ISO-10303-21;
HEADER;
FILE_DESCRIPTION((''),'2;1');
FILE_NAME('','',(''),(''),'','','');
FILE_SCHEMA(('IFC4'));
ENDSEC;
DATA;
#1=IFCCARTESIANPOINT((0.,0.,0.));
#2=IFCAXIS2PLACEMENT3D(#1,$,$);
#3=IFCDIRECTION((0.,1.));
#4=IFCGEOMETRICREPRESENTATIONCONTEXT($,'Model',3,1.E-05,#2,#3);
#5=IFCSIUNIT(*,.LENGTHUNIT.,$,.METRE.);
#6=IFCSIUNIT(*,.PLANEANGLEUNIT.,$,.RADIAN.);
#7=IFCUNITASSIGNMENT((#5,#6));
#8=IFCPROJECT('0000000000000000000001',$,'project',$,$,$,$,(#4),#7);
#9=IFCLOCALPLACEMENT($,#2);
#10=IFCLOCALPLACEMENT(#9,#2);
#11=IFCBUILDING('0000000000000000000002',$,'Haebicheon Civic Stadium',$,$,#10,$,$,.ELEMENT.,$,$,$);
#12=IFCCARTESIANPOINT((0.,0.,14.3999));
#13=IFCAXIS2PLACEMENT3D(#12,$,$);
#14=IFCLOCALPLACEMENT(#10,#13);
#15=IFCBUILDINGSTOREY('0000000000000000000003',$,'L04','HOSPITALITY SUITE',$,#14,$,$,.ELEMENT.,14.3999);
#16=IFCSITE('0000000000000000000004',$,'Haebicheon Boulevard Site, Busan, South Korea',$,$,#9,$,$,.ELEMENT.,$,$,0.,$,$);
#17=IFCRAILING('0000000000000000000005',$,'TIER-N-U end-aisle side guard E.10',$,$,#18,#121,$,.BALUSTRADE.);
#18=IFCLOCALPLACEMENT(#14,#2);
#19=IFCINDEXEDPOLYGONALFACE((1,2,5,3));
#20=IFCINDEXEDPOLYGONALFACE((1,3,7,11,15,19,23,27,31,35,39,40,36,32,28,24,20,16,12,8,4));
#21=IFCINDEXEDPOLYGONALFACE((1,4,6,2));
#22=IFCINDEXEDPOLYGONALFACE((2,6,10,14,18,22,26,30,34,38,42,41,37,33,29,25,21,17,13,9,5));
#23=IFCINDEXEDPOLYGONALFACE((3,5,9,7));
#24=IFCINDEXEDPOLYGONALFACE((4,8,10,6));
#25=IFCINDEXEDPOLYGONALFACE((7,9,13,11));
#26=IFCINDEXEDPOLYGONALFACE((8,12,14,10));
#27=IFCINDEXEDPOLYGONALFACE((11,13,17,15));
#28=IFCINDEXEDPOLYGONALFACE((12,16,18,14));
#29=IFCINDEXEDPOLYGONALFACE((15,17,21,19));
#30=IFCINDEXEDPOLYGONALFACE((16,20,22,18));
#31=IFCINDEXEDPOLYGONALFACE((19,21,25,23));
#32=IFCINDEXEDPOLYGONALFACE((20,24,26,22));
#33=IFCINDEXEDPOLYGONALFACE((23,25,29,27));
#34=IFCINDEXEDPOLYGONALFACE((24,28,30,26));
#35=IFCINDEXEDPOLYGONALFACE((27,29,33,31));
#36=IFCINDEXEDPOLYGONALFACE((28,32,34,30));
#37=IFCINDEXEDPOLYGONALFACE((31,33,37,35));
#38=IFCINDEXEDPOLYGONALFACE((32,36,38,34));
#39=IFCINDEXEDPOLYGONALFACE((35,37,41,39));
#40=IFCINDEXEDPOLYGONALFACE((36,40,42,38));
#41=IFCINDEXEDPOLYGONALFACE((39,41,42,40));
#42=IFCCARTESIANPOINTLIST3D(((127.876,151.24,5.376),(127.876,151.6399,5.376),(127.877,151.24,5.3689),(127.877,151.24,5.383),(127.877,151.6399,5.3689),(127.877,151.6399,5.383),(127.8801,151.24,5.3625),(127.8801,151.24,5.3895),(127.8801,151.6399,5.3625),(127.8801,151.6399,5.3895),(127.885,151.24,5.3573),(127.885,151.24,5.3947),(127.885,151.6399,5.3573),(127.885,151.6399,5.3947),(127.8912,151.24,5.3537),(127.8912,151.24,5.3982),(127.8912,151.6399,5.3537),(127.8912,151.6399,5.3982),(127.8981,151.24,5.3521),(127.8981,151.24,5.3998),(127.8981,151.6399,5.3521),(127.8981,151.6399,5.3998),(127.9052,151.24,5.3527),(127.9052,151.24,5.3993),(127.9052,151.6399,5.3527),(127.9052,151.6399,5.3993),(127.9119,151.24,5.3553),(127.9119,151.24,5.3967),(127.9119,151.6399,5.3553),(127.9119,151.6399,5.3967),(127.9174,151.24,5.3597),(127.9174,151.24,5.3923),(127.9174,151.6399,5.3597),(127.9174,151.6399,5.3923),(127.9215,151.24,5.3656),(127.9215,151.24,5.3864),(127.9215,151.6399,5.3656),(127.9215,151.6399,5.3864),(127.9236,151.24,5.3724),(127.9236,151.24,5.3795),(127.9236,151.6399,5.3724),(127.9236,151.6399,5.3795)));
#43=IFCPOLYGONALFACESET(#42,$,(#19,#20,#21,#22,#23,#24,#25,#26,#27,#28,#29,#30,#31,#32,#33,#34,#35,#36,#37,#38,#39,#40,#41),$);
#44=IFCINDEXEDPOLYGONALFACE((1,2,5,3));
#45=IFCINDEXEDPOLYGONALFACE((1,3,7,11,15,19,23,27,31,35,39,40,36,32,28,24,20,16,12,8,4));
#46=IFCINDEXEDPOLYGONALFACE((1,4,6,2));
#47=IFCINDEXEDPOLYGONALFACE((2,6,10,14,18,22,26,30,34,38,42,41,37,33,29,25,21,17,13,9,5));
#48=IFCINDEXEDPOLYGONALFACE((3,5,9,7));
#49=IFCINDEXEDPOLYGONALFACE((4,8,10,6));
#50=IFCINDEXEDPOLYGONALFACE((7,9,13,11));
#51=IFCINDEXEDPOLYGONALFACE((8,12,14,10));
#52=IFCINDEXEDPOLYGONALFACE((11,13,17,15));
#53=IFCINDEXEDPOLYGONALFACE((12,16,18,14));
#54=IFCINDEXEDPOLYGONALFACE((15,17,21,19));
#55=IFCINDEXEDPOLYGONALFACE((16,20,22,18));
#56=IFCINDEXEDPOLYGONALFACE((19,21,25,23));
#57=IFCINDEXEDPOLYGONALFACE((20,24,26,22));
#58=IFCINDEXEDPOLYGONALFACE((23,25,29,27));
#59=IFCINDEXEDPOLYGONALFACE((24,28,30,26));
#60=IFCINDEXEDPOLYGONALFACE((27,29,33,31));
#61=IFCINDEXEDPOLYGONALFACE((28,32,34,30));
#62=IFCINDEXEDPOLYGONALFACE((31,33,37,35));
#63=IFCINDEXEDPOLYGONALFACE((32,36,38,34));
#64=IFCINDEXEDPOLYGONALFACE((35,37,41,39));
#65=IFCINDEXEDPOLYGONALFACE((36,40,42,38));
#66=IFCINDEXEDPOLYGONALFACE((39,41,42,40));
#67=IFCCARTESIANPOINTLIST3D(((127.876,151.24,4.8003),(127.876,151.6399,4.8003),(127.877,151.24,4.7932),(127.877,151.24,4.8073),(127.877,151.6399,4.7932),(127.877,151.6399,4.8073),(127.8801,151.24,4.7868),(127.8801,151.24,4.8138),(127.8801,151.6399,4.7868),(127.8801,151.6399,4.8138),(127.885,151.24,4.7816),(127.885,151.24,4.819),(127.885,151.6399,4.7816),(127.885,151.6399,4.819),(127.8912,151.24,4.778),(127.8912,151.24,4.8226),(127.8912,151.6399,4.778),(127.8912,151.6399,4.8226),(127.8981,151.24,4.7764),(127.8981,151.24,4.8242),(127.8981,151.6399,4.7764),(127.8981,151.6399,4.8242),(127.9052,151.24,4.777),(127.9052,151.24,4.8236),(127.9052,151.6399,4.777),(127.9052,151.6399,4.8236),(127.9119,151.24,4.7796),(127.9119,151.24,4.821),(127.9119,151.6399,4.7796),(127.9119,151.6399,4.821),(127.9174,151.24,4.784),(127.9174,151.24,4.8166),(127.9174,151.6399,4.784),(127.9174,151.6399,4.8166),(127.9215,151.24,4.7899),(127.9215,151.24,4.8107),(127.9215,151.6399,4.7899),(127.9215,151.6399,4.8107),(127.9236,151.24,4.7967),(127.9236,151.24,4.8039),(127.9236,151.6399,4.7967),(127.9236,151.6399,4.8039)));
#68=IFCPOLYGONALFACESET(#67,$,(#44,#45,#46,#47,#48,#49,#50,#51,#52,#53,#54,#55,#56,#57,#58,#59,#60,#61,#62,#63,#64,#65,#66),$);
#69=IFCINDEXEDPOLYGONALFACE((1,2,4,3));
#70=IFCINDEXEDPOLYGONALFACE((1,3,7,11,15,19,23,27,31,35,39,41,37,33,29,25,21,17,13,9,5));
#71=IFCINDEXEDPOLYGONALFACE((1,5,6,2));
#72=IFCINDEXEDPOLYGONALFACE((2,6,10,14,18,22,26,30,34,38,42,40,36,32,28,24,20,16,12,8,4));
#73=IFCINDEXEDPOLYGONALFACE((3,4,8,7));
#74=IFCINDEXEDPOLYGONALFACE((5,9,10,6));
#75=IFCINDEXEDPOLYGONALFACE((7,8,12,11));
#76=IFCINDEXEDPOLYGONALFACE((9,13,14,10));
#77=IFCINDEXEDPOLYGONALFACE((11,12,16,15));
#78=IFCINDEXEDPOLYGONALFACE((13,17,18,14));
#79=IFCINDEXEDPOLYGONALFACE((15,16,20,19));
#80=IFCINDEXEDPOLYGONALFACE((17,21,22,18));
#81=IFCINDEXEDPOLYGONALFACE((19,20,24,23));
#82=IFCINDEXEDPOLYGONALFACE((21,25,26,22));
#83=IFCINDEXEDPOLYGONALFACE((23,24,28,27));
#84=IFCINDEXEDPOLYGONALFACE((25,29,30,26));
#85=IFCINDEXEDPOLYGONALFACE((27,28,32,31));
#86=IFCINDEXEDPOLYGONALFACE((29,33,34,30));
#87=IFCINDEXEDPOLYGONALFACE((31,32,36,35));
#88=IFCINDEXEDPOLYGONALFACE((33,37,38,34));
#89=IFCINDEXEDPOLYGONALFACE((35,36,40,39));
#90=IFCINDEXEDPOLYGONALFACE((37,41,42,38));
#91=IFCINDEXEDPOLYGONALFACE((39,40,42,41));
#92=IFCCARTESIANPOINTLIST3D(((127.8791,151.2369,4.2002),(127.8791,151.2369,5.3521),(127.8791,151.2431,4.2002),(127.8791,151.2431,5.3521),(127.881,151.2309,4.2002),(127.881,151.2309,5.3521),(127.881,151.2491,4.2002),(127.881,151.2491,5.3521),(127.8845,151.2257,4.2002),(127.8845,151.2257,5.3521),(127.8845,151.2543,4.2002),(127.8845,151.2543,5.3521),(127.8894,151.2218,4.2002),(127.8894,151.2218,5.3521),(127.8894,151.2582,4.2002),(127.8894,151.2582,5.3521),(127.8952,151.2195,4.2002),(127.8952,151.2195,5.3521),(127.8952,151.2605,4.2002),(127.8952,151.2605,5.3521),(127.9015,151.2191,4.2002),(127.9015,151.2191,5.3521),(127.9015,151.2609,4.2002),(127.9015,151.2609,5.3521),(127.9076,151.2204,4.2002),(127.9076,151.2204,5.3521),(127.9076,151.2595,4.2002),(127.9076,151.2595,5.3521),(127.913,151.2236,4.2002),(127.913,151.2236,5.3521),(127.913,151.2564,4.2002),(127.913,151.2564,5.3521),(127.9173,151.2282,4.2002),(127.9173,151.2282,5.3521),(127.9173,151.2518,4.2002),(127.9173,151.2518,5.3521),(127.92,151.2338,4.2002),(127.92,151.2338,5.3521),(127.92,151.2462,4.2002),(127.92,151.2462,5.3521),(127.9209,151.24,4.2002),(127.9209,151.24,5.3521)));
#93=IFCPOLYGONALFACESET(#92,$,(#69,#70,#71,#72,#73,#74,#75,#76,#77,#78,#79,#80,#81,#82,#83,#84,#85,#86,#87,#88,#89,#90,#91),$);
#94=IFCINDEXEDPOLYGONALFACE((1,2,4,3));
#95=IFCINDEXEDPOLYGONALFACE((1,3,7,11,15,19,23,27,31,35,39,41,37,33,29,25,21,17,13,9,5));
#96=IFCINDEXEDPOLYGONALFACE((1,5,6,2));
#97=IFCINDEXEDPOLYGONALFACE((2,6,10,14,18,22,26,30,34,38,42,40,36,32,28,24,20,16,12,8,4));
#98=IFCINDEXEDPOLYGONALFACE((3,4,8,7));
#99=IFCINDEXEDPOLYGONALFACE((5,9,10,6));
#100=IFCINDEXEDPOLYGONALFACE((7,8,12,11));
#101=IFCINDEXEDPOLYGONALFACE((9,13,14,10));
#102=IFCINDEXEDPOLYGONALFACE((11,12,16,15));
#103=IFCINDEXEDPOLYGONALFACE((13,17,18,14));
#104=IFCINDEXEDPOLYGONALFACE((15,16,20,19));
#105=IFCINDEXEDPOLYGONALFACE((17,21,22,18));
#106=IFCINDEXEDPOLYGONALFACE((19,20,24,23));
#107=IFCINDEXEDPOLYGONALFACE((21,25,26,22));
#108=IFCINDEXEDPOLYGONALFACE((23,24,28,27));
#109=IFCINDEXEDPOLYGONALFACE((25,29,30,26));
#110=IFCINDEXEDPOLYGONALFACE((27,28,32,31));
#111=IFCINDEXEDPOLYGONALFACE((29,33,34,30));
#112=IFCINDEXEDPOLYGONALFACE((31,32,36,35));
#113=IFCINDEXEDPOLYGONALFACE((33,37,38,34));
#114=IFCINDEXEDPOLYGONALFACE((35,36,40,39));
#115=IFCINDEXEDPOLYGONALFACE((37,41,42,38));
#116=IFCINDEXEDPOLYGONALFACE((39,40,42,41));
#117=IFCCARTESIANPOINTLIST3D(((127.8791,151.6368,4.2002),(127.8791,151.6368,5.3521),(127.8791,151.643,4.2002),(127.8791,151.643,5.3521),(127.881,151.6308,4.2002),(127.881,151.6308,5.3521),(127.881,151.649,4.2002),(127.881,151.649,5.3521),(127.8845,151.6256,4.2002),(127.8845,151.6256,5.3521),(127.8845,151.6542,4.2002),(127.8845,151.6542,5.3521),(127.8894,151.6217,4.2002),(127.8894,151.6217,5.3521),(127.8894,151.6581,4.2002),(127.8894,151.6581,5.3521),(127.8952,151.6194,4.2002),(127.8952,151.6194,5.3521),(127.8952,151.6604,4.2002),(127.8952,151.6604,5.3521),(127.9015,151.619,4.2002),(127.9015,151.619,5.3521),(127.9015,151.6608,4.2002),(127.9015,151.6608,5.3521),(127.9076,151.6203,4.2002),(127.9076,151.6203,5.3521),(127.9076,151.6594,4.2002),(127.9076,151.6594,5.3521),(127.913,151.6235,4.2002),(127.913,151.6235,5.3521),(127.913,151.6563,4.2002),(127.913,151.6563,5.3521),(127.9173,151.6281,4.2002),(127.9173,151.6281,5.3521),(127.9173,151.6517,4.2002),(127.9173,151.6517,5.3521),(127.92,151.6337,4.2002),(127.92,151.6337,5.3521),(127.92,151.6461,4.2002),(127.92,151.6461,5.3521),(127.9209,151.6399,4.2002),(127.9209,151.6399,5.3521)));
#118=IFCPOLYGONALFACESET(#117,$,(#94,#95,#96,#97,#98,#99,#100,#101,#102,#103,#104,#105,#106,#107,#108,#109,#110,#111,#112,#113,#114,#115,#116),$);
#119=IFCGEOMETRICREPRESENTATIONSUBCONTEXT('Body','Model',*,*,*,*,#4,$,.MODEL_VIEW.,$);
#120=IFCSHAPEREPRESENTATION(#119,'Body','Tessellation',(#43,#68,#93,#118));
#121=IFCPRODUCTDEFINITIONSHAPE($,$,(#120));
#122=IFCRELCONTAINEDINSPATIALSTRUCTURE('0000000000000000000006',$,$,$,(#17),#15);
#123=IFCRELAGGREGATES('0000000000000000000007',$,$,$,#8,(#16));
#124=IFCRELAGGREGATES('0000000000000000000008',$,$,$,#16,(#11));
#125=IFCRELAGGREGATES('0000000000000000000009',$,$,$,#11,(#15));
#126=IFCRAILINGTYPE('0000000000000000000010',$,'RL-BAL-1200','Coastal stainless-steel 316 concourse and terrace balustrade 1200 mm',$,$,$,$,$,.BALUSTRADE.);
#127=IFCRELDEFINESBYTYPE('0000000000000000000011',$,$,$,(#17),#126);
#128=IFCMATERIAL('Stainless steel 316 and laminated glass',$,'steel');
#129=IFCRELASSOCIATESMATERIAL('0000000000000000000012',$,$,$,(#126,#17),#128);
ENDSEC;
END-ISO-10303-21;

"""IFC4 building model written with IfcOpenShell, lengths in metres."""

from ifc_helpers import new_model, si_unit, direction, frame, origin, origin_2d, place, context, subcontext, project, spatial, circle, extrude, material, type_object, element, save


model = new_model("IFC4")

# Units and contexts
model_context = context("Model", 3, precision=1e-05, world=origin(), true_north=direction((0.0, 1.0)))
body_context = subcontext(model_context, "Body", "Model", "MODEL_VIEW")
ifc_project = project(units=[si_unit("LENGTHUNIT", "METRE"), si_unit("PLANEANGLEUNIT", "RADIAN")], contexts=[model_context])

# Site, building, storey
site_placement = place(None, origin())
site = spatial("IfcSite", under=ifc_project, at=site_placement, Name="Haebicheon Boulevard Site, Busan, South Korea", CompositionType="ELEMENT", RefElevation=0.0)
building_placement = place(site_placement, origin())
building = spatial("IfcBuilding", under=site, at=building_placement, Name="Haebicheon Civic Stadium", CompositionType="ELEMENT")
storey_placement = place(building_placement, frame((0.0, 0.0, 14.3999)))
storey = spatial("IfcBuildingStorey", under=building, at=storey_placement, Name="L04", Description="HOSPITALITY SUITE", CompositionType="ELEMENT", Elevation=14.3999)

# Railing
ifc_material_1 = material(Name="Stainless steel 316 and laminated glass", Category="steel")
railing_type = type_object("IfcRailingType", Name="RL-BAL-1200", Description="Coastal stainless-steel 316 concourse and terrace balustrade 1200 mm", PredefinedType="BALUSTRADE", material=ifc_material_1)
railing_1_placement = place(storey_placement, frame((127.8999, 151.24, 4.2002)))
element("IfcRailing", 1, at=railing_1_placement, inside=storey, type_object=railing_type, material=ifc_material_1, Name="TIER-N-U end-aisle side guard E.10", PredefinedType="BALUSTRADE", context=body_context, shape_type="SweptSolid", body=[
    extrude(circle(Radius=0.0239, at=origin_2d()), frame((0.0, 0.0, 1.1758), z_axis=(0.0, 1.0, 0.0), x_axis=(-1.0, 0.0, 0.0)), (0.0, 0.0, 1.0), 0.3999),
    extrude(circle(Radius=0.0239, at=origin_2d()), frame((0.0, 0.0, 0.6001), z_axis=(0.0, 1.0, 0.0), x_axis=(-1.0, 0.0, 0.0)), (0.0, 0.0, 1.0), 0.3999),
    extrude(circle(Radius=0.021, at=origin_2d()), origin(), (0.0, 0.0, 1.0), 1.1519),
    extrude(circle(Radius=0.021, at=origin_2d()), frame((0.0, 0.3999, 0.0)), (0.0, 0.0, 1.0), 1.1519),
])

save(model, "model.ifc")
